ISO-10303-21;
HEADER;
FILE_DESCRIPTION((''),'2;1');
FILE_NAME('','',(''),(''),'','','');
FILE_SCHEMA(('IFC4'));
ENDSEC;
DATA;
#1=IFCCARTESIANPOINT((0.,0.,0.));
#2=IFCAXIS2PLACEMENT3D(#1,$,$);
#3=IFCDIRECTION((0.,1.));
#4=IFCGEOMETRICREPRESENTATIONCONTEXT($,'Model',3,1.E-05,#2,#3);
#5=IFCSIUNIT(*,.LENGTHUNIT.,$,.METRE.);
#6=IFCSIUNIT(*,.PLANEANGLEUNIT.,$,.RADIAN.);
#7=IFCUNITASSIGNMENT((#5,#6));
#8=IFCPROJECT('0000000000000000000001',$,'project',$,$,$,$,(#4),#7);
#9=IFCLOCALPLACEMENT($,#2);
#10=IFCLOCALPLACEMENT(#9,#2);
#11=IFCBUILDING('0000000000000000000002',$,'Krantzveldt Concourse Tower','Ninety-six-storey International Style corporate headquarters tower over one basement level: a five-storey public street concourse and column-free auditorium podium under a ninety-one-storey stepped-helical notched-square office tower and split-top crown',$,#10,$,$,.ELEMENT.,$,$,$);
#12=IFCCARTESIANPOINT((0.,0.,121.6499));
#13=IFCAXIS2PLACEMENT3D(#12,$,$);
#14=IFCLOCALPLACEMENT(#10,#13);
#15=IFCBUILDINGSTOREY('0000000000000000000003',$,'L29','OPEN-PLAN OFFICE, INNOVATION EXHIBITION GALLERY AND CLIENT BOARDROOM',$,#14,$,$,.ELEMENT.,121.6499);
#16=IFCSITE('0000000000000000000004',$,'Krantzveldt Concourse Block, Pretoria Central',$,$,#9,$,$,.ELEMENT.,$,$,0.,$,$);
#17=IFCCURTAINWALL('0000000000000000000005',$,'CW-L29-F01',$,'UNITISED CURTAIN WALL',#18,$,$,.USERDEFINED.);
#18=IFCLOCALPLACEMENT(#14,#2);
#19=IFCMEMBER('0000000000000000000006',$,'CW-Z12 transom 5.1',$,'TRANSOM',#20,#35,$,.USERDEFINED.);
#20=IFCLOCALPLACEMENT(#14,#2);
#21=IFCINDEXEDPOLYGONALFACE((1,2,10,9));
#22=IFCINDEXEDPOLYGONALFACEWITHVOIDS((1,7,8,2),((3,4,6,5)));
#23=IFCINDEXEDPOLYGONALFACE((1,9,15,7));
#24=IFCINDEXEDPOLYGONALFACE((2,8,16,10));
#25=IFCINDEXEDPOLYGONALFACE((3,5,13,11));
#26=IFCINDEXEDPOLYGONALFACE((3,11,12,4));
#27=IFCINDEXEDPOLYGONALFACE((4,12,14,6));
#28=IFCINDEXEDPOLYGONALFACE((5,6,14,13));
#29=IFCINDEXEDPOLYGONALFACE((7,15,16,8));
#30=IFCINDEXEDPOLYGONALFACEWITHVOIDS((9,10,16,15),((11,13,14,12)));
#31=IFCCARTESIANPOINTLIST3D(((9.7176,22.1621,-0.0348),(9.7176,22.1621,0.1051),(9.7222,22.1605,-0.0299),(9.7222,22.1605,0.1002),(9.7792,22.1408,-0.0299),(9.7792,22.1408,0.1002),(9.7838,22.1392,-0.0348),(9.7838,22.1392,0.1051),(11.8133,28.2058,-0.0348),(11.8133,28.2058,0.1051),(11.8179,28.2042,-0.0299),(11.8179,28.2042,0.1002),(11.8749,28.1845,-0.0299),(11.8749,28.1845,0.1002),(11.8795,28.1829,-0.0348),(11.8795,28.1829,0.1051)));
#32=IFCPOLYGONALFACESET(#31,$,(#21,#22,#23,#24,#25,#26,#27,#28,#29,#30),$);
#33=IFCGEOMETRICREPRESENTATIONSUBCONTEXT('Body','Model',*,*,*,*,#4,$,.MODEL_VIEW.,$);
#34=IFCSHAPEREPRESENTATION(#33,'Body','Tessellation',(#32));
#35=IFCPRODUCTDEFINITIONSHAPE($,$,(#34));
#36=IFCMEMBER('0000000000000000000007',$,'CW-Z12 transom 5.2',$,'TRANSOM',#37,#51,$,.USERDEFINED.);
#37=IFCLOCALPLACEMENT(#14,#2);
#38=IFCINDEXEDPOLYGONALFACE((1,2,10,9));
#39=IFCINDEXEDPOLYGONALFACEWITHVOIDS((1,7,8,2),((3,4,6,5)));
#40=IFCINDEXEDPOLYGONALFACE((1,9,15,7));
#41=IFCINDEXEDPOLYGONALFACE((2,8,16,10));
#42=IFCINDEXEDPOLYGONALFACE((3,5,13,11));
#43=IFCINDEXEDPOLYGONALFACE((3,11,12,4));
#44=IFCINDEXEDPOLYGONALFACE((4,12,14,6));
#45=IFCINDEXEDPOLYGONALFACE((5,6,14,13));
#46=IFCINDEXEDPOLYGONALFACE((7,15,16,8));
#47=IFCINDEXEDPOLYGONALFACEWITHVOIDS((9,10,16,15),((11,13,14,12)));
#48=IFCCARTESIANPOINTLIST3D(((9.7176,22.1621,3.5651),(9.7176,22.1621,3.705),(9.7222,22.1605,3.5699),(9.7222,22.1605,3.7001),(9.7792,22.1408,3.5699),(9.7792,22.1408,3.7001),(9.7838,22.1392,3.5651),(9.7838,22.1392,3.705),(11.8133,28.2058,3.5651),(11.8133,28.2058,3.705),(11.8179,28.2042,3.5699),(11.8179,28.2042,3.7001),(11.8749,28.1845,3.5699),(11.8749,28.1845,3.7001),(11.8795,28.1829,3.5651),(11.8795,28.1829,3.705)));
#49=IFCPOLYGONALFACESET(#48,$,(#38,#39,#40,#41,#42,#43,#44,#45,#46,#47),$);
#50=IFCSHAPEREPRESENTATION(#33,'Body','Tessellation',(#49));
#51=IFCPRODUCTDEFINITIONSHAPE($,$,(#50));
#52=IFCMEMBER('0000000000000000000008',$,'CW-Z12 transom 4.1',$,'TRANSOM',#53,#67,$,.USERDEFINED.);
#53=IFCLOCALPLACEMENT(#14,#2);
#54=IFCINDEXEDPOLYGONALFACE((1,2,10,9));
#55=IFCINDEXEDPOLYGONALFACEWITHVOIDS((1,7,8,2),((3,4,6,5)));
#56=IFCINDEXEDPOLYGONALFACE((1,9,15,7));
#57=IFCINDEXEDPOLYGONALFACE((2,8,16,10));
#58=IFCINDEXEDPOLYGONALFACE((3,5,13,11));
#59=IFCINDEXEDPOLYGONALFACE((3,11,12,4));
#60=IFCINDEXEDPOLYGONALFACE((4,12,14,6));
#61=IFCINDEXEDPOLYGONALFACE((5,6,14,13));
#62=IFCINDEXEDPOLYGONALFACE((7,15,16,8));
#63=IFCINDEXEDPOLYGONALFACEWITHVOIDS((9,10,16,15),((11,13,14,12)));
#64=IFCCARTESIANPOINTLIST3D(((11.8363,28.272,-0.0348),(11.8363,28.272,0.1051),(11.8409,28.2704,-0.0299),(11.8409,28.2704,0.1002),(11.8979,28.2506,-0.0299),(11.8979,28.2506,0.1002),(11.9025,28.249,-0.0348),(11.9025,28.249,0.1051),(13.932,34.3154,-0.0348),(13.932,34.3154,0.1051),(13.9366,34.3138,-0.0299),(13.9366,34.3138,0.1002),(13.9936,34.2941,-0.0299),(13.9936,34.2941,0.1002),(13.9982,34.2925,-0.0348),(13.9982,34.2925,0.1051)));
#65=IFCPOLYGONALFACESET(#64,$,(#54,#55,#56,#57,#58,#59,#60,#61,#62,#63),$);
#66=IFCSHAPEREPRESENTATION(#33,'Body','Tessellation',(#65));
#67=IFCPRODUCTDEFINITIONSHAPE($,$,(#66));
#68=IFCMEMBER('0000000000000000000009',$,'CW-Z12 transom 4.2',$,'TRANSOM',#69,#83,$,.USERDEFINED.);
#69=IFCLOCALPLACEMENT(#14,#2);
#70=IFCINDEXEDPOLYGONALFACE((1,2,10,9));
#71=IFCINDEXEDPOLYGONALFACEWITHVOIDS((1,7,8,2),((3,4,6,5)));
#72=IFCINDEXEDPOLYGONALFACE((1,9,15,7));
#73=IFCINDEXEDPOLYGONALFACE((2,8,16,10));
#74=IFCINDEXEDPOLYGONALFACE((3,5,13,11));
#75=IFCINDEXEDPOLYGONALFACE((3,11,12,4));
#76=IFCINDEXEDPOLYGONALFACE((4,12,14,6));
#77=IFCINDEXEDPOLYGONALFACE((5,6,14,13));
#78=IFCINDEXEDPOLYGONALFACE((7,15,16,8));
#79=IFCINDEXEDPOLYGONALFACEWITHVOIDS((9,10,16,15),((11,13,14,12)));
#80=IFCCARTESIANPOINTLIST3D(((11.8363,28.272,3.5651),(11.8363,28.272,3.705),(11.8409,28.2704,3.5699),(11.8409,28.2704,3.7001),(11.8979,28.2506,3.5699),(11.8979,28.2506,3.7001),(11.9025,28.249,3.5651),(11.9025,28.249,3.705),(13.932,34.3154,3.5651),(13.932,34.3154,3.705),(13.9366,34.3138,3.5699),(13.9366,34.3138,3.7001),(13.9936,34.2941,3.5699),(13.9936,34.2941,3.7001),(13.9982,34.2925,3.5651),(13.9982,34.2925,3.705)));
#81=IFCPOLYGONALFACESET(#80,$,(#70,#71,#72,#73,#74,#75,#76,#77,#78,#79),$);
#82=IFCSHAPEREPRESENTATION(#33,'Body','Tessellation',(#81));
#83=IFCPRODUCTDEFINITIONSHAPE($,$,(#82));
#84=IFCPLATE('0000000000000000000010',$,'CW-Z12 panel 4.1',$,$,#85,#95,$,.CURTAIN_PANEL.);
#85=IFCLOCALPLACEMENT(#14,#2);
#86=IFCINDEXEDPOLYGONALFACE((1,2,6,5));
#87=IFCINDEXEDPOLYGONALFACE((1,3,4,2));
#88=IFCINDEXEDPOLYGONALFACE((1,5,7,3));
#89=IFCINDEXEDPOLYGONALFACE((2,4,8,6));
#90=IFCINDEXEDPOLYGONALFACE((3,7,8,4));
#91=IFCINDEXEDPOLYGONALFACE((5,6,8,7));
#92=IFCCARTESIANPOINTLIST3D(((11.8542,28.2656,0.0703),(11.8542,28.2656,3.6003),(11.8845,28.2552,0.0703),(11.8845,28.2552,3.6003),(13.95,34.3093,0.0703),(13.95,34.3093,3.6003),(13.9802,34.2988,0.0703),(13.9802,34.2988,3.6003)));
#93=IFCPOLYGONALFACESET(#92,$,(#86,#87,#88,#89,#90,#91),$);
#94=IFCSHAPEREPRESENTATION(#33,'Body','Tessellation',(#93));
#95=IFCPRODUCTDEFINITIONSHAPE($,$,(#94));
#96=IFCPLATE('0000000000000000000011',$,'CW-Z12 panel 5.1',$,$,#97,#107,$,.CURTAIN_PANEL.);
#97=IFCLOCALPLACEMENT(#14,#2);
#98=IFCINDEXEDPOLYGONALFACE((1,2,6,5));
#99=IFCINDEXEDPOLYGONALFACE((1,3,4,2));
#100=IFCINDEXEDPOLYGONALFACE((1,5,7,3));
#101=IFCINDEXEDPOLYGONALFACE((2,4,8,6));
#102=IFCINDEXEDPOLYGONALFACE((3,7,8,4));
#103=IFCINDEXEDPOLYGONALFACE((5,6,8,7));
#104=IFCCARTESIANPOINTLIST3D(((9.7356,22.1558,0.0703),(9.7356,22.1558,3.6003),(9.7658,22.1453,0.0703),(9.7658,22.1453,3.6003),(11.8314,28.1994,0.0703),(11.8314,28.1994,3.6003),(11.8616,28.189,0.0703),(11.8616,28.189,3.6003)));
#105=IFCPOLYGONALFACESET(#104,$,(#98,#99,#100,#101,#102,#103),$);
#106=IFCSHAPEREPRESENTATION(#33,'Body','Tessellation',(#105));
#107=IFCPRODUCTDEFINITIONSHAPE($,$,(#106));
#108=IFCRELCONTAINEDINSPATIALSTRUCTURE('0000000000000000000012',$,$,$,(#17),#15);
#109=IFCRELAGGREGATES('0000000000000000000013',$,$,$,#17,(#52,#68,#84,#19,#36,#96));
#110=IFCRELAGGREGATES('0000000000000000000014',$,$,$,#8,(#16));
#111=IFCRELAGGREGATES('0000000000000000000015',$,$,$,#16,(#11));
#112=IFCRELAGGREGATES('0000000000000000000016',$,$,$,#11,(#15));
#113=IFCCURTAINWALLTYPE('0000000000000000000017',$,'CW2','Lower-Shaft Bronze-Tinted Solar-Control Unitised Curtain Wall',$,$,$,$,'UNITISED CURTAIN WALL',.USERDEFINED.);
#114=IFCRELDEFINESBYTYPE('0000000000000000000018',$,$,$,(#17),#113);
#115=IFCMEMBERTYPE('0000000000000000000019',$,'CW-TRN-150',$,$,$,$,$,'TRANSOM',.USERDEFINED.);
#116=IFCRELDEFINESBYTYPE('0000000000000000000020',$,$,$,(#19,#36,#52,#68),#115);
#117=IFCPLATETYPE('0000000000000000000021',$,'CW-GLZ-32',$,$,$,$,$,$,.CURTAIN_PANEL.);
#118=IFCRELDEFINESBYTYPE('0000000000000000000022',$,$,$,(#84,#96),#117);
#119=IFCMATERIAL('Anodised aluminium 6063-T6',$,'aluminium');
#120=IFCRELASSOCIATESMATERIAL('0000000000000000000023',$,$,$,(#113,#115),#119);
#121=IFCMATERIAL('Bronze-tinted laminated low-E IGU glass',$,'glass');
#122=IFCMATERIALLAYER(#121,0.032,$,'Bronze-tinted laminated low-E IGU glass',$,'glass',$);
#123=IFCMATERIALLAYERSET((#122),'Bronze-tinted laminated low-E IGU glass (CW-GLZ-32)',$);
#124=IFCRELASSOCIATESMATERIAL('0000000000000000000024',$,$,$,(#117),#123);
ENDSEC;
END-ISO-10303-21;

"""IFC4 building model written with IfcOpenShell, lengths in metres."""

from ifc_helpers import new_model, si_unit, direction, frame, origin, origin_2d, place, context, subcontext, project, spatial, rectangle, hollow_rectangle, extrude, source, transform, mapped, material, layer, layer_set, material_profile, profile_set, type_object, type_shapes, element, aggregate, save


model = new_model("IFC4")

# Units and contexts
model_context = context("Model", 3, precision=1e-05, world=origin(), true_north=direction((0.0, 1.0)))
body_context = subcontext(model_context, "Body", "Model", "MODEL_VIEW")
ifc_project = project(units=[si_unit("LENGTHUNIT", "METRE"), si_unit("PLANEANGLEUNIT", "RADIAN")], contexts=[model_context])

# Site, building, storey
site_placement = place(None, origin())
site = spatial("IfcSite", under=ifc_project, at=site_placement, Name="Krantzveldt Concourse Block, Pretoria Central", CompositionType="ELEMENT", RefElevation=0.0)
building_placement = place(site_placement, origin())
building = spatial("IfcBuilding", under=site, at=building_placement, Name="Krantzveldt Concourse Tower", Description="Ninety-six-storey International Style corporate headquarters tower over one basement level: a five-storey public street concourse and column-free auditorium podium under a ninety-one-storey stepped-helical notched-square office tower and split-top crown", CompositionType="ELEMENT")
storey_placement = place(building_placement, frame((0.0, 0.0, 121.6499)))
storey = spatial("IfcBuildingStorey", under=building, at=storey_placement, Name="L29", Description="OPEN-PLAN OFFICE, INNOVATION EXHIBITION GALLERY AND CLIENT BOARDROOM", CompositionType="ELEMENT", Elevation=121.6499)

# Curtain wall, members, plates
ifc_material_1 = material(Name="Anodised aluminium 6063-T6", Category="aluminium")
curtain_wall_type = type_object("IfcCurtainWallType", Name="CW2", Description="Lower-Shaft Bronze-Tinted Solar-Control Unitised Curtain Wall", ElementType="UNITISED CURTAIN WALL", PredefinedType="USERDEFINED", material=ifc_material_1)
curtain_wall_placement = place(storey_placement, origin())
curtain_wall = element("IfcCurtainWall", 1, at=curtain_wall_placement, inside=storey, type_object=curtain_wall_type, Name="CW-L29-F01", ObjectType="UNITISED CURTAIN WALL", PredefinedType="USERDEFINED")
ifc_material_profile_1 = material_profile(ifc_material_1, hollow_rectangle(XDim=0.0701, YDim=0.1399, WallThickness=0.0049, at=origin_2d()), Name="Anodised aluminium 6063-T6", Category="aluminium")
ifc_profile_set_1 = profile_set([ifc_material_profile_1], Name="Anodised aluminium 6063-T6 - ALU-TRAN 140x70x5")
member_type_1 = type_object("IfcMemberType", Name="CW-TRN-150", ElementType="TRANSOM", PredefinedType="USERDEFINED", material=ifc_profile_set_1)
shared_shape_1 = source(origin(), body_context, "Body", "SweptSolid", [
    extrude(hollow_rectangle(XDim=0.0701, YDim=0.1399, WallThickness=0.0049, at=origin_2d()), origin(), (0.0, 0.0, 1.0), 6.3967),
])
member_1_placement = place(storey_placement, frame((11.8464, 28.1943, 0.0352), z_axis=(-0.32762, -0.944809, 0.0), x_axis=(0.944809, -0.32762, 0.0)))
member_1 = element("IfcMember", 2, at=member_1_placement, type_object=member_type_1, Name="CW-Z12 transom 5.1", ObjectType="TRANSOM", PredefinedType="USERDEFINED", context=body_context, shape_type="MappedRepresentation", body=[
    mapped(shared_shape_1, transform((0.0, 0.0, 0.0), x_axis=(1.0, 0.0, 0.0), y_axis=(0.0, 1.0, 0.0), z_axis=(0.0, 0.0, 1.0), scale=1.0)),
])
member_2_placement = place(storey_placement, frame((11.8464, 28.1943, 3.635), z_axis=(-0.32762, -0.944809, 0.0), x_axis=(0.944809, -0.32762, 0.0)))
member_2 = element("IfcMember", 3, at=member_2_placement, type_object=member_type_1, Name="CW-Z12 transom 5.2", ObjectType="TRANSOM", PredefinedType="USERDEFINED", context=body_context, shape_type="MappedRepresentation", body=[
    mapped(shared_shape_1, transform((0.0, 0.0, 0.0), x_axis=(1.0, 0.0, 0.0), y_axis=(0.0, 1.0, 0.0), z_axis=(0.0, 0.0, 1.0), scale=1.0)),
])
shared_shape_2 = source(origin(), body_context, "Body", "SweptSolid", [
    extrude(hollow_rectangle(XDim=0.0701, YDim=0.1399, WallThickness=0.0049, at=origin_2d()), origin(), (0.0, 0.0, 1.0), 6.3965),
])
type_shapes(member_type_1, [shared_shape_1, shared_shape_2])
member_3_placement = place(storey_placement, frame((13.9651, 34.304, 0.0352), z_axis=(-0.327632, -0.944805, 0.0), x_axis=(0.944805, -0.327632, 0.0)))
member_3 = element("IfcMember", 4, at=member_3_placement, type_object=member_type_1, Name="CW-Z12 transom 4.1", ObjectType="TRANSOM", PredefinedType="USERDEFINED", context=body_context, shape_type="MappedRepresentation", body=[
    mapped(shared_shape_2, transform((0.0, 0.0, 0.0), x_axis=(1.0, 0.0, 0.0), y_axis=(0.0, 1.0, 0.0), z_axis=(0.0, 0.0, 1.0), scale=1.0)),
])
member_4_placement = place(storey_placement, frame((13.9651, 34.304, 3.635), z_axis=(-0.327632, -0.944805, 0.0), x_axis=(0.944805, -0.327632, 0.0)))
member_4 = element("IfcMember", 5, at=member_4_placement, type_object=member_type_1, Name="CW-Z12 transom 4.2", ObjectType="TRANSOM", PredefinedType="USERDEFINED", context=body_context, shape_type="MappedRepresentation", body=[
    mapped(shared_shape_2, transform((0.0, 0.0, 0.0), x_axis=(1.0, 0.0, 0.0), y_axis=(0.0, 1.0, 0.0), z_axis=(0.0, 0.0, 1.0), scale=1.0)),
])
ifc_material_2 = material(Name="Bronze-tinted laminated low-E IGU glass", Category="glass")
ifc_layer = layer(ifc_material_2, 0.032, Name="Bronze-tinted laminated low-E IGU glass", Category="glass")
ifc_layer_set = layer_set([ifc_layer], Name="Bronze-tinted laminated low-E IGU glass (CW-GLZ-32)")
plate_type = type_object("IfcPlateType", Name="CW-GLZ-32", PredefinedType="CURTAIN_PANEL", material=ifc_layer_set)
shared_shape_3 = source(origin(), body_context, "Body", "SweptSolid", [
    extrude(rectangle(XDim=6.3967, YDim=0.032, at=origin_2d()), origin(), (0.0, 0.0, 1.0), 3.53),
])
type_shapes(plate_type, [shared_shape_3])
plate_1_placement = place(storey_placement, frame((12.9172, 31.2822, 0.0703), z_axis=(0.0, 0.0, 1.0), x_axis=(-0.32763, -0.944806, 0.0)))
plate_1 = element("IfcPlate", 6, at=plate_1_placement, type_object=plate_type, Name="CW-Z12 panel 4.1", PredefinedType="CURTAIN_PANEL", context=body_context, shape_type="MappedRepresentation", body=[
    mapped(shared_shape_3, transform((0.0, 0.0, 0.0), x_axis=(1.0, 0.0, 0.0), y_axis=(0.0, 1.0, 0.0), z_axis=(0.0, 0.0, 1.0), scale=1.0)),
])
plate_2_placement = place(storey_placement, frame((10.7986, 25.1724, 0.0703), z_axis=(0.0, 0.0, 1.0), x_axis=(-0.32763, -0.944806, 0.0)))
plate_2 = element("IfcPlate", 7, at=plate_2_placement, type_object=plate_type, Name="CW-Z12 panel 5.1", PredefinedType="CURTAIN_PANEL", context=body_context, shape_type="MappedRepresentation", body=[
    mapped(shared_shape_3, transform((0.0, 0.0, 0.0), x_axis=(1.0, 0.0, 0.0), y_axis=(0.0, 1.0, 0.0), z_axis=(0.0, 0.0, 1.0), scale=1.0)),
])
aggregate(curtain_wall, [member_3, member_4, plate_1, member_1, member_2, plate_2])

save(model, "model.ifc")
